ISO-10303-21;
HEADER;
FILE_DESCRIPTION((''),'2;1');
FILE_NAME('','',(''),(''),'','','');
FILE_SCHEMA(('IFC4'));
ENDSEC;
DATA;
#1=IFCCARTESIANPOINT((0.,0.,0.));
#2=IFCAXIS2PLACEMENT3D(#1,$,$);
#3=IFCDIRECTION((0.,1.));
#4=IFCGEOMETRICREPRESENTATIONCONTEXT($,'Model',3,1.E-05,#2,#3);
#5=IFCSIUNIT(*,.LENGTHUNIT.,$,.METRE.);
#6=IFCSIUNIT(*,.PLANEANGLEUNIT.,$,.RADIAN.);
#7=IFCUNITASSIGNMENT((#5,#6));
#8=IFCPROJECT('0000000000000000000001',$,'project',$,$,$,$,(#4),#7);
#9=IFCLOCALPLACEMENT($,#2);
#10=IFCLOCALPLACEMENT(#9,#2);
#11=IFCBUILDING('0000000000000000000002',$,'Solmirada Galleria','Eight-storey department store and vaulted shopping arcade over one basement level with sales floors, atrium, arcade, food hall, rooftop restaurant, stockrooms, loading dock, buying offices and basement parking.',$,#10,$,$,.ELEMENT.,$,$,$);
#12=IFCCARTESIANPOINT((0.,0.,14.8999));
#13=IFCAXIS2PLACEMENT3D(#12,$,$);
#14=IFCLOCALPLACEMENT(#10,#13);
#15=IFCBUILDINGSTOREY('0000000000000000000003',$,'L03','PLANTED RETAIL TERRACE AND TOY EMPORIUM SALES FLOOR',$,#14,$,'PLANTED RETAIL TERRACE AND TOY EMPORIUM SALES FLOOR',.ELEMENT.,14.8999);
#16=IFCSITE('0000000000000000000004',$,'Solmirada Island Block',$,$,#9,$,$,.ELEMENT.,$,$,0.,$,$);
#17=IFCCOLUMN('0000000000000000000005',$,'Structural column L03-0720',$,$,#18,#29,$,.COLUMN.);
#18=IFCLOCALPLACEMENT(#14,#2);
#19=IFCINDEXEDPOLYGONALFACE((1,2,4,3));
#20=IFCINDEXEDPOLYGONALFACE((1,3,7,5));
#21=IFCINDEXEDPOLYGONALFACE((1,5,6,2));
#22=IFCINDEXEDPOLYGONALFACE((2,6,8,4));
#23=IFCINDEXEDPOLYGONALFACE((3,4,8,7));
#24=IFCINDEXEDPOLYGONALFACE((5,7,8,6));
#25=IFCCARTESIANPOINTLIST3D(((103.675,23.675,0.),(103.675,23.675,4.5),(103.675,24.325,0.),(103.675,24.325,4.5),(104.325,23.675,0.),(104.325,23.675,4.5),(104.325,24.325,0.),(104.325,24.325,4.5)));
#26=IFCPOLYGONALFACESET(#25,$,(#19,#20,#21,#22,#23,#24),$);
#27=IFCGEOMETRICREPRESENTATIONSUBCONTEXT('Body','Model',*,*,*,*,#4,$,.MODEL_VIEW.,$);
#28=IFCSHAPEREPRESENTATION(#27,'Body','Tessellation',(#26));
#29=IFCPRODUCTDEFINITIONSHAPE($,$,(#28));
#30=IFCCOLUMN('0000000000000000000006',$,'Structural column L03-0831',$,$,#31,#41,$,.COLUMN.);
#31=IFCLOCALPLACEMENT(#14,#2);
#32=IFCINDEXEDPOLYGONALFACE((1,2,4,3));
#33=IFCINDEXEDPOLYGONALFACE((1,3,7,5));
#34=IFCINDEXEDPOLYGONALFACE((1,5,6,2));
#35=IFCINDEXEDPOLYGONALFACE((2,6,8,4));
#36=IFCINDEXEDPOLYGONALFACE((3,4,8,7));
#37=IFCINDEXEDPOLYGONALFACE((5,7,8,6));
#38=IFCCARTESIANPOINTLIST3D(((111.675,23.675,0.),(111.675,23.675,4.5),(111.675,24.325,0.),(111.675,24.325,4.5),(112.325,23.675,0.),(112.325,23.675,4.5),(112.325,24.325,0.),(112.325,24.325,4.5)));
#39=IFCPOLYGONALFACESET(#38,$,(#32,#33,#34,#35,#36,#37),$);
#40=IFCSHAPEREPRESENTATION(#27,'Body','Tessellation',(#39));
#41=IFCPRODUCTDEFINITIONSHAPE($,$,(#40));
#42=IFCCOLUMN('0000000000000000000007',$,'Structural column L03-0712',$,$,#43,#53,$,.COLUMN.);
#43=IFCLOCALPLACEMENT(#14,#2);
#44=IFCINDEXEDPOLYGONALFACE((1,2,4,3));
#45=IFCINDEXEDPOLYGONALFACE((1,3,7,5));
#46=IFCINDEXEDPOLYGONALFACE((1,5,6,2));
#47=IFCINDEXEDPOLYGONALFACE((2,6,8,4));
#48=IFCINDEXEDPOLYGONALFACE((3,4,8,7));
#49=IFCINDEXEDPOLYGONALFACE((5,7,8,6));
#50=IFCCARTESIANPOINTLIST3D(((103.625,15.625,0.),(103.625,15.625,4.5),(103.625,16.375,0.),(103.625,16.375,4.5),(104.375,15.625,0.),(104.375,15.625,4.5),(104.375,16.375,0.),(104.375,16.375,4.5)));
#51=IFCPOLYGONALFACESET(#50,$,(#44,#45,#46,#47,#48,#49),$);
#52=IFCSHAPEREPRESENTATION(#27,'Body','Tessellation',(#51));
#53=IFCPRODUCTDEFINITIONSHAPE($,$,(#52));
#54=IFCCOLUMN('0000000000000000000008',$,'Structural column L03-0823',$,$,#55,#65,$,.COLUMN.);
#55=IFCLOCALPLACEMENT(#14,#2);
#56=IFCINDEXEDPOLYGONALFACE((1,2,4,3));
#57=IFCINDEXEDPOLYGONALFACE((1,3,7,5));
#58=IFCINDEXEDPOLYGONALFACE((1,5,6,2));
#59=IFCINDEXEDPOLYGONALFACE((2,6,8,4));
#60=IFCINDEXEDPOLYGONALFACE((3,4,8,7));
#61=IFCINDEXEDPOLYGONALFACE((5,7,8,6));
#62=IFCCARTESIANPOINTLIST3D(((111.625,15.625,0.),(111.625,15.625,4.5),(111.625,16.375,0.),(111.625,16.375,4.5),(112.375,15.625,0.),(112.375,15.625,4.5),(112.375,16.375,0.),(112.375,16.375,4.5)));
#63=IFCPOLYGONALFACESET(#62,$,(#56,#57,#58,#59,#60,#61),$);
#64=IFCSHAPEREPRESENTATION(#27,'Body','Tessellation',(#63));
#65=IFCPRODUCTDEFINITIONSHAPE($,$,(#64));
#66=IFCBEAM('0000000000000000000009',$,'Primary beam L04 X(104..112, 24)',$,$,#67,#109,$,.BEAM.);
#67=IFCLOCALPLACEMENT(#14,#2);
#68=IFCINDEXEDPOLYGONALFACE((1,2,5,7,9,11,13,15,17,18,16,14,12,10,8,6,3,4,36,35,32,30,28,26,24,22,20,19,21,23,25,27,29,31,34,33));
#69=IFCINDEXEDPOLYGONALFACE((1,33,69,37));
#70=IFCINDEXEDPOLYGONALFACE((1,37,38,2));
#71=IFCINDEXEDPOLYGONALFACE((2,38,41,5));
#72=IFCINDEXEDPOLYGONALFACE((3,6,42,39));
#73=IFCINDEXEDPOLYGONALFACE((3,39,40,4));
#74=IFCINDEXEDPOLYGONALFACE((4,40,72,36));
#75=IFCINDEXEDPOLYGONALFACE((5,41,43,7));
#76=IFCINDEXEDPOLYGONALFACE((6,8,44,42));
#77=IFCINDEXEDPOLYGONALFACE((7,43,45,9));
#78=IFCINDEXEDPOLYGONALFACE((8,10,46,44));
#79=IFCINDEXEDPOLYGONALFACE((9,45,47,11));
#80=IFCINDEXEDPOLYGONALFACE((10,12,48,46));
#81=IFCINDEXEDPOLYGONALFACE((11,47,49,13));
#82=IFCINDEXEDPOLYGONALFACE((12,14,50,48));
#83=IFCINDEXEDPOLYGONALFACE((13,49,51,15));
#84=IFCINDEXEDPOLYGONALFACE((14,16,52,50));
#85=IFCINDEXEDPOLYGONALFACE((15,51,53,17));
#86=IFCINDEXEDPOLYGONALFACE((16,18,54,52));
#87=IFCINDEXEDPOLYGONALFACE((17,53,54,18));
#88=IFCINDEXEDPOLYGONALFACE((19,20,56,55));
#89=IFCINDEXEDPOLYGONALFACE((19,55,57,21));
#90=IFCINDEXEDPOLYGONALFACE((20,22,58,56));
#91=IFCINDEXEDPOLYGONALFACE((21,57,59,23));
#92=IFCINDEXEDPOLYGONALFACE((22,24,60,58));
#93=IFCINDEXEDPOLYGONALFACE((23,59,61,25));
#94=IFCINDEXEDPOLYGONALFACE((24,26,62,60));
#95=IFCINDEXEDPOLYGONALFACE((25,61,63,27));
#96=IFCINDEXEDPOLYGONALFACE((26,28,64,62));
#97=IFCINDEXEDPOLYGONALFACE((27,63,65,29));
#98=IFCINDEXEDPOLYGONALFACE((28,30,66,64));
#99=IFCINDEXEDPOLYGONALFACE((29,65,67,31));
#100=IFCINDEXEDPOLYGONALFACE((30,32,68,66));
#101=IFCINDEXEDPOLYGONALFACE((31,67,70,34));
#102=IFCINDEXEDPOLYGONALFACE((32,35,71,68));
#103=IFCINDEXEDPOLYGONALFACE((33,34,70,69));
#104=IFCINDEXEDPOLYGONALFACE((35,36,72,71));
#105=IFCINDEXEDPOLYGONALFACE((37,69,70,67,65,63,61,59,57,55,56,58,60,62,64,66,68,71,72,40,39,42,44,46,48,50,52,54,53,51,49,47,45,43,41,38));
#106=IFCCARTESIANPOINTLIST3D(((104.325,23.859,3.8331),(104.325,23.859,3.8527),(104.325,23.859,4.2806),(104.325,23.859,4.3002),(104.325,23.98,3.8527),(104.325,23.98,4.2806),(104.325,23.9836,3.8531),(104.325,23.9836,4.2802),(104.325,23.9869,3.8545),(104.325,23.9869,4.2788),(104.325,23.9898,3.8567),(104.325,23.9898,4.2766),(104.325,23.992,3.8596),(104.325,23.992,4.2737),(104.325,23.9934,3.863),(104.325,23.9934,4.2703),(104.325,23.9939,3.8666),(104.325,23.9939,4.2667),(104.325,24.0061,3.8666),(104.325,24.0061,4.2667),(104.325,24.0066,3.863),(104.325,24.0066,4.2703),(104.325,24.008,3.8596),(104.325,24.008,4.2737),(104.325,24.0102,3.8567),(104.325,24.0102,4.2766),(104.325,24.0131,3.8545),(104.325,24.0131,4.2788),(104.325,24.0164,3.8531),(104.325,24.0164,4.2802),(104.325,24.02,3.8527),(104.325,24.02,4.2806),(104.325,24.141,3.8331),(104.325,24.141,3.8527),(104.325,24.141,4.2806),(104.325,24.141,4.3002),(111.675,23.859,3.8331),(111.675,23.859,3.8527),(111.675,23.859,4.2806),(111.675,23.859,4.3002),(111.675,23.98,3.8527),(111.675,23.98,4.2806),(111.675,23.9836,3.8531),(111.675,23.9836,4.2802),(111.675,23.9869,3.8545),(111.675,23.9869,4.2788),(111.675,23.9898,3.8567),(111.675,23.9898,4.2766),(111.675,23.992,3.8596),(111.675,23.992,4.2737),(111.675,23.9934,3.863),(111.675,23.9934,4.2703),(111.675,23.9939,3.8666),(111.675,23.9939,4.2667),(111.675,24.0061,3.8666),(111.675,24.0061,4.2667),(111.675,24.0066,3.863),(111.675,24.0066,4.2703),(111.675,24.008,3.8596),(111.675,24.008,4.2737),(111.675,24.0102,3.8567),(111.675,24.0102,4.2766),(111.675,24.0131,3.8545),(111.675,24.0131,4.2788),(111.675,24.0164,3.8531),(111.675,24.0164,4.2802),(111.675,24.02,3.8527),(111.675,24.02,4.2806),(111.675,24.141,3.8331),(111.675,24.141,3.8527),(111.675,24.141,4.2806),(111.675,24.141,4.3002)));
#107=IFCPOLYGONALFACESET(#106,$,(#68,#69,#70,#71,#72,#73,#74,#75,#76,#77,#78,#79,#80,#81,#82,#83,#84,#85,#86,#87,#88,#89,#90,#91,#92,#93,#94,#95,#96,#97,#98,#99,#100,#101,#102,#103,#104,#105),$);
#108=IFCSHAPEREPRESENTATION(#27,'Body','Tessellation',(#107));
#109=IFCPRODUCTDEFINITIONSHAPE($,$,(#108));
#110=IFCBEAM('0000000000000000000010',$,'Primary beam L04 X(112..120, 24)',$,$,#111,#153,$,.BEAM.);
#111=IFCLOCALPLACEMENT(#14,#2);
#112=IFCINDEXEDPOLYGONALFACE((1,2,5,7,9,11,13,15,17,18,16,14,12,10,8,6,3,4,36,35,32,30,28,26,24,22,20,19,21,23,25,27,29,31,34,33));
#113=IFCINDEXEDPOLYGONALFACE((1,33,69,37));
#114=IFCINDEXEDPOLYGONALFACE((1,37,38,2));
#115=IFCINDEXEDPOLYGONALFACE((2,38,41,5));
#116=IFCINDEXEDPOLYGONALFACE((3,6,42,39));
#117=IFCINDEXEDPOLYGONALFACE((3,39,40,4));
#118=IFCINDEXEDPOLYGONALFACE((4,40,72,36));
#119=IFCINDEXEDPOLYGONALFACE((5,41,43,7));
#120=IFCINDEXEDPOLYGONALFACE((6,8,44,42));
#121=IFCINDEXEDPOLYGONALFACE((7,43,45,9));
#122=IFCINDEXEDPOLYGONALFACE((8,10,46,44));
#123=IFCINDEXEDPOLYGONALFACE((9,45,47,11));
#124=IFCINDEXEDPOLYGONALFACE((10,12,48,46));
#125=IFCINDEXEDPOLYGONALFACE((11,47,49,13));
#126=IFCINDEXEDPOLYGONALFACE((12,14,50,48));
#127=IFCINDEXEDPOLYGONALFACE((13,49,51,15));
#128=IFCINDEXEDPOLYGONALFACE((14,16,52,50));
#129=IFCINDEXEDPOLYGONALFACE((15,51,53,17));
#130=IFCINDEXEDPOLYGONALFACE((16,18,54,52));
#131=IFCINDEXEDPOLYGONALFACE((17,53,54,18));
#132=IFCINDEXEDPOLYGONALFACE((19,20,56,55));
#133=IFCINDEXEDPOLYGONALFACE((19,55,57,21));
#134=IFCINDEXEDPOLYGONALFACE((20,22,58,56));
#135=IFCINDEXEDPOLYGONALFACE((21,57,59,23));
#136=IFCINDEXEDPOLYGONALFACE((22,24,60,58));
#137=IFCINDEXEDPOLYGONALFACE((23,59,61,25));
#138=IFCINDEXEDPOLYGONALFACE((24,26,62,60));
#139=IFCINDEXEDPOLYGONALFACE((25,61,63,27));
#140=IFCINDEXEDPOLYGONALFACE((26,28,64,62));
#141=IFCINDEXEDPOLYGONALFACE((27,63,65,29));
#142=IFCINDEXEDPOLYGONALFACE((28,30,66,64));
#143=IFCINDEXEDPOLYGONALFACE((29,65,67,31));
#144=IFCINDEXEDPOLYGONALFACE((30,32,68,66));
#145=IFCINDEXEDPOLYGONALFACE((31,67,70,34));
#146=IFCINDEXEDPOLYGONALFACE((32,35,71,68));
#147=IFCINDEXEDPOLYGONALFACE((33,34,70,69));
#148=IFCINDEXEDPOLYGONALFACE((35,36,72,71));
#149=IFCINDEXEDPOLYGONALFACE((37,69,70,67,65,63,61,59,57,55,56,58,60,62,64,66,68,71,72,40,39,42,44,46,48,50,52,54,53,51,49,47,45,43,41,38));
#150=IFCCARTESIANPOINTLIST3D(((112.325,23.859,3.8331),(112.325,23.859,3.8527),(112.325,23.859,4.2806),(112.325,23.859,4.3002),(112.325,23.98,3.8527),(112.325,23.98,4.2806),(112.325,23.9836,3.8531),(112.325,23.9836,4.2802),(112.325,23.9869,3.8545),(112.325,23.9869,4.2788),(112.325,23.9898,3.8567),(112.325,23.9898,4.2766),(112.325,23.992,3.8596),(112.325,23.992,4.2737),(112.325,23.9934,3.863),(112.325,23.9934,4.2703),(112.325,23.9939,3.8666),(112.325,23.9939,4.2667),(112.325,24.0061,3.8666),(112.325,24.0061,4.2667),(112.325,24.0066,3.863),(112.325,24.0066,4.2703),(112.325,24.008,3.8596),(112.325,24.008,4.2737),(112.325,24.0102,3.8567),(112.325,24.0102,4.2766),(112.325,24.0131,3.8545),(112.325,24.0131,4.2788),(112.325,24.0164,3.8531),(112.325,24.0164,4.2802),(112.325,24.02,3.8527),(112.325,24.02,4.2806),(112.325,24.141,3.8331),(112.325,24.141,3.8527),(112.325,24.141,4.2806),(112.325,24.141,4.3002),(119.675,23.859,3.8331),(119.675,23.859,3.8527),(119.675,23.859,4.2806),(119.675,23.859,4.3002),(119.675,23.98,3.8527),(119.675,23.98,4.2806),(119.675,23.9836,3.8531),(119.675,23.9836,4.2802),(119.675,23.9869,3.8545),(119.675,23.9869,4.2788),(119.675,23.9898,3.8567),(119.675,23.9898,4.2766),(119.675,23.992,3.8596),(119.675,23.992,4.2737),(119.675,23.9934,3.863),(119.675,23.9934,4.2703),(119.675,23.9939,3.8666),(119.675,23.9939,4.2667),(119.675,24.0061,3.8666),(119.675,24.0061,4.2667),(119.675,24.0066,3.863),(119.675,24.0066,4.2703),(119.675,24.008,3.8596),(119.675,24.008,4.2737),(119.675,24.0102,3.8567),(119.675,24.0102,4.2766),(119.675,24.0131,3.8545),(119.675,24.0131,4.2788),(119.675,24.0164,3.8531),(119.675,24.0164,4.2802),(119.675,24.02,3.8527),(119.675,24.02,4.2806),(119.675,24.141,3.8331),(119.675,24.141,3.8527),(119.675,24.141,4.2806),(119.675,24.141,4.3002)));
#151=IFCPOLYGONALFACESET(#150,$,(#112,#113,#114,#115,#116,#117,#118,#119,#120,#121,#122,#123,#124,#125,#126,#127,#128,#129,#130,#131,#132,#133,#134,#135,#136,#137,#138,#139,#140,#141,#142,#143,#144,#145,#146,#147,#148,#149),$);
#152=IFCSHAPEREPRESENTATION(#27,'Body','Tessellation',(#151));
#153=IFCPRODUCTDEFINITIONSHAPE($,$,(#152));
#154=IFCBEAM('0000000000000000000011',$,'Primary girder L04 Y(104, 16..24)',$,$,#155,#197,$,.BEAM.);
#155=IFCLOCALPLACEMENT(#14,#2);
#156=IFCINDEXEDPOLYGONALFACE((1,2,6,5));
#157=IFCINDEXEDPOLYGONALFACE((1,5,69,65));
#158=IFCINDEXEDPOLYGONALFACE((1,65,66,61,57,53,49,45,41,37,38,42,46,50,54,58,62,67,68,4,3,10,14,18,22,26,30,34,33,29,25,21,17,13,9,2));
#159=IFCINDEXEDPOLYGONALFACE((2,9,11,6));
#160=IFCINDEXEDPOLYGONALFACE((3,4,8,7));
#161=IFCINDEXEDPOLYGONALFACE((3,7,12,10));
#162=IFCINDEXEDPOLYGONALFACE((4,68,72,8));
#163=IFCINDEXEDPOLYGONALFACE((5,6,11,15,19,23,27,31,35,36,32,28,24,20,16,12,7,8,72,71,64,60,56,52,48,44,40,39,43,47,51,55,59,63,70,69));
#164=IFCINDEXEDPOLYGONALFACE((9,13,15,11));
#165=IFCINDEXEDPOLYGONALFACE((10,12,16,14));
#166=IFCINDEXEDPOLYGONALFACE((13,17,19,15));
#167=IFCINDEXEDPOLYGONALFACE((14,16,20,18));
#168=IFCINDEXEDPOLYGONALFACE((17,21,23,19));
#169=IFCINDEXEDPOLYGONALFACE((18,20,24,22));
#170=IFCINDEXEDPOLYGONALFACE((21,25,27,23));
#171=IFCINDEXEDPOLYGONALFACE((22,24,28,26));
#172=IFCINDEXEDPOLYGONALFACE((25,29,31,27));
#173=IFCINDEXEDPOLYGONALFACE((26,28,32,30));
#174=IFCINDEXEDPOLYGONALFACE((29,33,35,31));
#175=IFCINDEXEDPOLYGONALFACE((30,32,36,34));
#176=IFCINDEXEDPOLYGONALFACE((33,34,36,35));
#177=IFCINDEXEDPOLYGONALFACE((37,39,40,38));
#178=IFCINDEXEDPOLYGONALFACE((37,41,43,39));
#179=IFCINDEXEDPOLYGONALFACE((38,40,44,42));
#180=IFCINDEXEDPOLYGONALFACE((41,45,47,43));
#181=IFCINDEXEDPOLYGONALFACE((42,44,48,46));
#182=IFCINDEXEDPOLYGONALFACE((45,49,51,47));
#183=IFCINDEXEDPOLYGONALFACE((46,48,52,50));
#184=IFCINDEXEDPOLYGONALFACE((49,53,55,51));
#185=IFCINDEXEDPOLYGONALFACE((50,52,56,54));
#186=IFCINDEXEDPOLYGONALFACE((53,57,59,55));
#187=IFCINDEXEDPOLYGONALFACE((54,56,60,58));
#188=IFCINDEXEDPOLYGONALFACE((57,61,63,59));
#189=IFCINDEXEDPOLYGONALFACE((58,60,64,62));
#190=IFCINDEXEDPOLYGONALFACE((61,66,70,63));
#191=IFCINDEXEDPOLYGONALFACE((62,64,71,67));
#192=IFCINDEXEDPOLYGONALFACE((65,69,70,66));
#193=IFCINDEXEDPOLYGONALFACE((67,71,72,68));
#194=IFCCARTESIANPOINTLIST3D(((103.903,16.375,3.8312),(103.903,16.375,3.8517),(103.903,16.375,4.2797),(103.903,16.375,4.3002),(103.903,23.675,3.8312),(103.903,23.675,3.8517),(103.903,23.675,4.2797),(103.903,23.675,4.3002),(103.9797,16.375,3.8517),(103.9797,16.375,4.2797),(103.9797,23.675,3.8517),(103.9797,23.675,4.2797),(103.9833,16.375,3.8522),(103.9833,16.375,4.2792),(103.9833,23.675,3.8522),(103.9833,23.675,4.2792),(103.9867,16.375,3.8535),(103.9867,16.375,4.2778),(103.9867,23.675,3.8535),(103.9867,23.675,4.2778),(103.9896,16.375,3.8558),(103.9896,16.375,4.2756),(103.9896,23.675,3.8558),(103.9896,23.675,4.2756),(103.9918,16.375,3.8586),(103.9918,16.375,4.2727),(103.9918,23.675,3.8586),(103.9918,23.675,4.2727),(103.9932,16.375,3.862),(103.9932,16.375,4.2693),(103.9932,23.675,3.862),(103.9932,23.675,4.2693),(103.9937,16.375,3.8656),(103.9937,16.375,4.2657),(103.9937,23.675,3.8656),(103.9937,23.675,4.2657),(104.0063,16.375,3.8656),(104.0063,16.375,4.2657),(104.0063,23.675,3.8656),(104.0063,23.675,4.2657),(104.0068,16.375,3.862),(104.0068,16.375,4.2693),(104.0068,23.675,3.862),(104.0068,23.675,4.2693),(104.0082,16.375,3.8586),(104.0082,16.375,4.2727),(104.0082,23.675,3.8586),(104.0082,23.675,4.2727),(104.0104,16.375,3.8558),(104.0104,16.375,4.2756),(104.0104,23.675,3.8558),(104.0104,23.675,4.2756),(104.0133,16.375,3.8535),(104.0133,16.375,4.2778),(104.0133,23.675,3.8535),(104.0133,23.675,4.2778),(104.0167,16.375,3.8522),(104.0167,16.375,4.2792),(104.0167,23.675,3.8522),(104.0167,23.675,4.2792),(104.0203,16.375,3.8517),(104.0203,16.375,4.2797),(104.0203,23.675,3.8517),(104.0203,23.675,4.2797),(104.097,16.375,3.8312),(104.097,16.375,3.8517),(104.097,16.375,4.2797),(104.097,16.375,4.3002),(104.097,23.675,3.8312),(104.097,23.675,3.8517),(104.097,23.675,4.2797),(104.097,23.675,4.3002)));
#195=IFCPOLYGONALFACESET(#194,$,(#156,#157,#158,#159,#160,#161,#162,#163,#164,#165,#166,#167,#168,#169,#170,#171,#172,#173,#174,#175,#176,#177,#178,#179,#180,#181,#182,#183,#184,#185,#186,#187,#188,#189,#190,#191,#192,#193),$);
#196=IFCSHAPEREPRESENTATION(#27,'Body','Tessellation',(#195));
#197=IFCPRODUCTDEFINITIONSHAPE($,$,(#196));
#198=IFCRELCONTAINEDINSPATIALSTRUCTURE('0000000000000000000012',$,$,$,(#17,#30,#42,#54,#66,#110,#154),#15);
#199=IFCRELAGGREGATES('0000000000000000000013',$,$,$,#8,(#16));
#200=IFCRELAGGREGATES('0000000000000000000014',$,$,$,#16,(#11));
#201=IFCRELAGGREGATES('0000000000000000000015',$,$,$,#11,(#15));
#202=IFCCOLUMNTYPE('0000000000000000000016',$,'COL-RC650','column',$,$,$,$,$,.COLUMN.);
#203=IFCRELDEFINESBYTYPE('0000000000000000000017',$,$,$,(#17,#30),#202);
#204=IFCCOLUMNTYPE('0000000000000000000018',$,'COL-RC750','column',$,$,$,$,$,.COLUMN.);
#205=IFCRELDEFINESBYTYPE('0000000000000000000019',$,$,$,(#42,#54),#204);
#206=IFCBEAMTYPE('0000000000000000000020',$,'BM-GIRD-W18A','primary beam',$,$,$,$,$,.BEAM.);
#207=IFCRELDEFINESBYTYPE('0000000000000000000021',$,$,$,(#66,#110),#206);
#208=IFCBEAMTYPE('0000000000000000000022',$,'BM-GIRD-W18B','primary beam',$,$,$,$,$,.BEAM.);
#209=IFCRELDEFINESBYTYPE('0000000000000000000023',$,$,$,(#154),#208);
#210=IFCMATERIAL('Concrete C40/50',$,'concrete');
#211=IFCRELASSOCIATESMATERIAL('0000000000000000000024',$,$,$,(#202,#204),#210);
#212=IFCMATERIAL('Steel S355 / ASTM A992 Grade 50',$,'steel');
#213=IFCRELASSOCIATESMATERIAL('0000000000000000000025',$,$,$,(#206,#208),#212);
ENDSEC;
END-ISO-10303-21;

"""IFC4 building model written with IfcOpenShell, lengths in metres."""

from ifc_helpers import new_model, si_unit, direction, frame, origin, origin_2d, place, context, subcontext, project, spatial, rectangle, i_section, extrude, material, material_profile, profile_set, type_object, element, save


model = new_model("IFC4")

# Units and contexts
model_context = context("Model", 3, precision=1e-05, world=origin(), true_north=direction((0.0, 1.0)))
body_context = subcontext(model_context, "Body", "Model", "MODEL_VIEW")
ifc_project = project(units=[si_unit("LENGTHUNIT", "METRE"), si_unit("PLANEANGLEUNIT", "RADIAN")], contexts=[model_context])

# Site, building, storey
site_placement = place(None, origin())
site = spatial("IfcSite", under=ifc_project, at=site_placement, Name="Solmirada Island Block", CompositionType="ELEMENT", RefElevation=0.0)
building_placement = place(site_placement, origin())
building = spatial("IfcBuilding", under=site, at=building_placement, Name="Solmirada Galleria", Description="Eight-storey department store and vaulted shopping arcade over one basement level with sales floors, atrium, arcade, food hall, rooftop restaurant, stockrooms, loading dock, buying offices and basement parking.", CompositionType="ELEMENT")
storey_placement = place(building_placement, frame((0.0, 0.0, 14.8999)))
storey = spatial("IfcBuildingStorey", under=building, at=storey_placement, Name="L03", Description="PLANTED RETAIL TERRACE AND TOY EMPORIUM SALES FLOOR", LongName="PLANTED RETAIL TERRACE AND TOY EMPORIUM SALES FLOOR", CompositionType="ELEMENT", Elevation=14.8999)

# Columns
ifc_material_1 = material(Name="Concrete C40/50", Category="concrete")
ifc_material_profile_1 = material_profile(ifc_material_1, rectangle(XDim=0.6499, YDim=0.6499, at=origin_2d()), Name="RC650X650")
ifc_profile_set_1 = profile_set([ifc_material_profile_1], Name="Concrete C40/50")
column_type_1 = type_object("IfcColumnType", Name="COL-RC650", Description="column", PredefinedType="COLUMN", material=ifc_profile_set_1)
for number, where, z_axis, x_axis, name in (
    (1, (104.0, 24.0, 0.0), (0.0, 0.0, 1.0), (1.0, 0.0, 0.0), "Structural column L03-0720"),
    (2, (112.0, 24.0, 0.0), (0.0, 0.0, 1.0), (1.0, 0.0, 0.0), "Structural column L03-0831"),
):
    element("IfcColumn", number, at=place(storey_placement, frame(where, z_axis=z_axis, x_axis=x_axis)), inside=storey, type_object=column_type_1, Name=name, PredefinedType="COLUMN", context=body_context, shape_type="SweptSolid", body=[
        extrude(rectangle(XDim=0.6499, YDim=0.6499, at=origin_2d()), origin(), (0.0, 0.0, 1.0), 4.5),
    ])
ifc_material_profile_2 = material_profile(ifc_material_1, rectangle(XDim=0.75, YDim=0.75, at=origin_2d()), Name="RC750X750")
ifc_profile_set_2 = profile_set([ifc_material_profile_2], Name="Concrete C40/50")
column_type_2 = type_object("IfcColumnType", Name="COL-RC750", Description="column", PredefinedType="COLUMN", material=ifc_profile_set_2)
for number, where, z_axis, x_axis, name in (
    (3, (104.0, 16.0, 0.0), (0.0, 0.0, 1.0), (1.0, 0.0, 0.0), "Structural column L03-0712"),
    (4, (112.0, 16.0, 0.0), (0.0, 0.0, 1.0), (1.0, 0.0, 0.0), "Structural column L03-0823"),
):
    element("IfcColumn", number, at=place(storey_placement, frame(where, z_axis=z_axis, x_axis=x_axis)), inside=storey, type_object=column_type_2, Name=name, PredefinedType="COLUMN", context=body_context, shape_type="SweptSolid", body=[
        extrude(rectangle(XDim=0.75, YDim=0.75, at=origin_2d()), origin(), (0.0, 0.0, 1.0), 4.5),
    ])

# Beams
ifc_material_2 = material(Name="Steel S355 / ASTM A992 Grade 50", Category="steel")
ifc_material_profile_3 = material_profile(ifc_material_2, i_section(OverallWidth=0.282, OverallDepth=0.467, WebThickness=0.0122, FlangeThickness=0.0195, FilletRadius=0.0139, at=origin_2d()), Name="W18X86")
ifc_profile_set_3 = profile_set([ifc_material_profile_3], Name="Steel S355 / ASTM A992 Grade 50")
beam_type_1 = type_object("IfcBeamType", Name="BM-GIRD-W18A", Description="primary beam", PredefinedType="BEAM", material=ifc_profile_set_3)
for number, where, z_axis, x_axis, name in (
    (5, (104.325, 24.0, 4.0667), (1.0, 0.0, 0.0), (0.0, 1.0, 0.0), "Primary beam L04 X(104..112, 24)"),
    (6, (112.325, 24.0, 4.0667), (1.0, 0.0, 0.0), (0.0, 1.0, 0.0), "Primary beam L04 X(112..120, 24)"),
):
    element("IfcBeam", number, at=place(storey_placement, frame(where, z_axis=z_axis, x_axis=x_axis)), inside=storey, type_object=beam_type_1, Name=name, PredefinedType="BEAM", context=body_context, shape_type="SweptSolid", body=[
        extrude(i_section(OverallWidth=0.282, OverallDepth=0.467, WebThickness=0.0122, FlangeThickness=0.0195, FilletRadius=0.0139, at=origin_2d()), origin(), (0.0, 0.0, 1.0), 7.3501),
    ])
ifc_material_profile_4 = material_profile(ifc_material_2, i_section(OverallWidth=0.1941, OverallDepth=0.469, WebThickness=0.0127, FlangeThickness=0.0205, FilletRadius=0.0139, at=origin_2d()), Name="W18X71")
ifc_profile_set_4 = profile_set([ifc_material_profile_4], Name="Steel S355 / ASTM A992 Grade 50")
beam_type_2 = type_object("IfcBeamType", Name="BM-GIRD-W18B", Description="primary beam", PredefinedType="BEAM", material=ifc_profile_set_4)
beam_1_placement = place(storey_placement, frame((104.0, 16.375, 4.0657), z_axis=(0.0, 1.0, 0.0), x_axis=(-1.0, 0.0, 0.0)))
element("IfcBeam", 7, at=beam_1_placement, inside=storey, type_object=beam_type_2, Name="Primary girder L04 Y(104, 16..24)", PredefinedType="BEAM", context=body_context, shape_type="SweptSolid", body=[
    extrude(i_section(OverallWidth=0.1941, OverallDepth=0.469, WebThickness=0.0127, FlangeThickness=0.0205, FilletRadius=0.0139, at=origin_2d()), origin(), (0.0, 0.0, 1.0), 7.3),
])

save(model, "model.ifc")
